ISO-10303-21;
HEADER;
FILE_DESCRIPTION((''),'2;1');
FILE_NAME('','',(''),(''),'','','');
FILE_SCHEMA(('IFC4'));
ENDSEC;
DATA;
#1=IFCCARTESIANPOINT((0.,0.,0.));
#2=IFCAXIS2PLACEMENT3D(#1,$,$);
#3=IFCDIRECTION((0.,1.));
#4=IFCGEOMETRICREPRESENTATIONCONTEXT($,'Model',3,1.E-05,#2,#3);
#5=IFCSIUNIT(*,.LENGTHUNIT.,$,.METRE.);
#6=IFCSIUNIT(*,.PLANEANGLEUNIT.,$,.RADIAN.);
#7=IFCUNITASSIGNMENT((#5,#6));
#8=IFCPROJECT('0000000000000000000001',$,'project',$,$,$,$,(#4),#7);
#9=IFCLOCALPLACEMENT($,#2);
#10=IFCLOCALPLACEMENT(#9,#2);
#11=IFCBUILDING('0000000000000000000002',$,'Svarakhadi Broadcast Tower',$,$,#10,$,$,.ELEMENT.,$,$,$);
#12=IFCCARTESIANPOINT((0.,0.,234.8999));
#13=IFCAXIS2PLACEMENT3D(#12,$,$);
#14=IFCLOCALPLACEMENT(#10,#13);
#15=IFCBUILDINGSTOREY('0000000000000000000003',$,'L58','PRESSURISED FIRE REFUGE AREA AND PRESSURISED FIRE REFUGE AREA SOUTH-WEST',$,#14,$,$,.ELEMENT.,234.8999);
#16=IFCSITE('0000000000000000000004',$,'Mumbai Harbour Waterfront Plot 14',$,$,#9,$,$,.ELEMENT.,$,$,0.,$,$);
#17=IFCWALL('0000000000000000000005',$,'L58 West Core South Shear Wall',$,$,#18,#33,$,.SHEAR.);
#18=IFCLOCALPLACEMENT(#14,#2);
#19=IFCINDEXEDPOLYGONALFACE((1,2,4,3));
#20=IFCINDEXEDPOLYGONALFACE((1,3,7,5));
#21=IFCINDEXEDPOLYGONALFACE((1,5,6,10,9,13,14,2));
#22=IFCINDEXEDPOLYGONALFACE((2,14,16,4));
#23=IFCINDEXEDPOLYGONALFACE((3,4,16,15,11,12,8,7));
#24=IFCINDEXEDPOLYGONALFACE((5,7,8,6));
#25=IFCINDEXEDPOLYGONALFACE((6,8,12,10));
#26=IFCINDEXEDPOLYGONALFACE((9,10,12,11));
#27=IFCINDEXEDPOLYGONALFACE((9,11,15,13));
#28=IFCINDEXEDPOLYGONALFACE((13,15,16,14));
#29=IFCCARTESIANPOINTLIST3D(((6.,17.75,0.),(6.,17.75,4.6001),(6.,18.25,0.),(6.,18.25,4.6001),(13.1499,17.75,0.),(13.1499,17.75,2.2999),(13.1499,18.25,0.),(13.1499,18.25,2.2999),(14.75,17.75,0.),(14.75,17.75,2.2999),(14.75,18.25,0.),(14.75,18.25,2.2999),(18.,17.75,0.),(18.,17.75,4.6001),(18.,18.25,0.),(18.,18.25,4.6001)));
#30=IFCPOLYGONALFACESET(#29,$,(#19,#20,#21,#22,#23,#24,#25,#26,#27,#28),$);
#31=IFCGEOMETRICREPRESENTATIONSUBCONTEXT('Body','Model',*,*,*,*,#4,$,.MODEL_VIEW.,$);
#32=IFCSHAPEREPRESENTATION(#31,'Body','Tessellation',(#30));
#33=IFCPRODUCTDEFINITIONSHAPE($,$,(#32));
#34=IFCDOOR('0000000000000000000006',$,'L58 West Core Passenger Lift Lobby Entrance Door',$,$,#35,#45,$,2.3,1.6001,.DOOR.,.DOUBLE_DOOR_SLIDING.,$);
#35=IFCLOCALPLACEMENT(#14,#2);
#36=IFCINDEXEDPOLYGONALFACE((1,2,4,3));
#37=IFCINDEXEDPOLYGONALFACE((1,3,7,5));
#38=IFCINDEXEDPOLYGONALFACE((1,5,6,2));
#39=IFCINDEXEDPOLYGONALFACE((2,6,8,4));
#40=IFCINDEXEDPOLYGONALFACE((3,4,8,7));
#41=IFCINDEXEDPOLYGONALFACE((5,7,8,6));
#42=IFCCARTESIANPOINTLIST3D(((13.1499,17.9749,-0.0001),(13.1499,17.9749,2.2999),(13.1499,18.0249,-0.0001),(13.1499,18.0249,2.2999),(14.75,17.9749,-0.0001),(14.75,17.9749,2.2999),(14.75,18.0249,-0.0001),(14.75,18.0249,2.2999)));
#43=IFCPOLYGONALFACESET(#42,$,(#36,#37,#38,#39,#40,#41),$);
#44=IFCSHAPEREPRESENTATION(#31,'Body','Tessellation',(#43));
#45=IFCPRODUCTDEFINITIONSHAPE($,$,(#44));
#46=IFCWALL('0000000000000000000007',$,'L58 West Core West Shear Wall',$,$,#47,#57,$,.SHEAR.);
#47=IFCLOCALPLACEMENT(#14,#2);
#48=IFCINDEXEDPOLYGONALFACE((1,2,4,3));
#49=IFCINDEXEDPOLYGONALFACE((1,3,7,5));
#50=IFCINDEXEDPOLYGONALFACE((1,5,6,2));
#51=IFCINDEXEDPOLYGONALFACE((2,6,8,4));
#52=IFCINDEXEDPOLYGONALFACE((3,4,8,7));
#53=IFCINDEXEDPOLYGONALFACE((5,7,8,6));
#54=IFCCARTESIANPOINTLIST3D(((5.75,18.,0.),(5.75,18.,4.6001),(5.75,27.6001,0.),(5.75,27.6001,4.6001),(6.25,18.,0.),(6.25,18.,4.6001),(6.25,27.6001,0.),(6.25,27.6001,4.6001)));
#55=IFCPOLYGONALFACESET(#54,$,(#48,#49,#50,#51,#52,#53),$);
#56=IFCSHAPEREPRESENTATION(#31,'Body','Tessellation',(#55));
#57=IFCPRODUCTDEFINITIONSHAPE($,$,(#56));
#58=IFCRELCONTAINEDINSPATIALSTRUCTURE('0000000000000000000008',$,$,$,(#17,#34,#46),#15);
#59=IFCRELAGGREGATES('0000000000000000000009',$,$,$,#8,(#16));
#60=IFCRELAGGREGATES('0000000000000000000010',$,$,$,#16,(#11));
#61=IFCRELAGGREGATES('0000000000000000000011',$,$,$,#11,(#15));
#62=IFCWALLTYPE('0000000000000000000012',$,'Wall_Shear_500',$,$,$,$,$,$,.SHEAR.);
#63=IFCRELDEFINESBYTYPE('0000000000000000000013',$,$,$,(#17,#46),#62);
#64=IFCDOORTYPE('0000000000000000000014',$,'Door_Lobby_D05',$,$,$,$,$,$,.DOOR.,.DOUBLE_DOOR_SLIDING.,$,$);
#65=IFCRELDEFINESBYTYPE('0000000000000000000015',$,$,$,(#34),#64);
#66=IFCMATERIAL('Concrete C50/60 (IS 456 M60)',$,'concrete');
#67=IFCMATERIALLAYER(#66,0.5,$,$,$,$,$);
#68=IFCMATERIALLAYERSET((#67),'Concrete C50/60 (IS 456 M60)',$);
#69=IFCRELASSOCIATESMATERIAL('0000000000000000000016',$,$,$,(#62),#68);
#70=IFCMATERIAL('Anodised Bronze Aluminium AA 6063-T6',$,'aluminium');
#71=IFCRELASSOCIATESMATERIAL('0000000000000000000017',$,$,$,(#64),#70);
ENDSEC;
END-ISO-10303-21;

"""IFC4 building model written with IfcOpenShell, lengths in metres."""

from ifc_helpers import new_model, si_unit, direction, frame, frame_2d, origin, place, context, subcontext, project, spatial, rectangle, extrude, material, layer, layer_set, type_object, element, fill, save


model = new_model("IFC4")

# Units and contexts
model_context = context("Model", 3, precision=1e-05, world=origin(), true_north=direction((0.0, 1.0)))
body_context = subcontext(model_context, "Body", "Model", "MODEL_VIEW")
ifc_project = project(units=[si_unit("LENGTHUNIT", "METRE"), si_unit("PLANEANGLEUNIT", "RADIAN")], contexts=[model_context])

# Site, building, storey
site_placement = place(None, origin())
site = spatial("IfcSite", under=ifc_project, at=site_placement, Name="Mumbai Harbour Waterfront Plot 14", CompositionType="ELEMENT", RefElevation=0.0)
building_placement = place(site_placement, origin())
building = spatial("IfcBuilding", under=site, at=building_placement, Name="Svarakhadi Broadcast Tower", CompositionType="ELEMENT")
storey_placement = place(building_placement, frame((0.0, 0.0, 234.8999)))
storey = spatial("IfcBuildingStorey", under=building, at=storey_placement, Name="L58", Description="PRESSURISED FIRE REFUGE AREA AND PRESSURISED FIRE REFUGE AREA SOUTH-WEST", CompositionType="ELEMENT", Elevation=234.8999)

# Shared definitions
ifc_material_1 = material(Name="Concrete C50/60 (IS 456 M60)", Category="concrete")

# Wall, opening, door
ifc_layer_1 = layer(ifc_material_1, 0.5)
ifc_layer_set_1 = layer_set([ifc_layer_1], Name="Concrete C50/60 (IS 456 M60)")
wall_type = type_object("IfcWallType", Name="Wall_Shear_500", PredefinedType="SHEAR", material=ifc_layer_set_1)
wall_1_placement = place(storey_placement, frame((6.0, 18.0, 0.0), z_axis=(0.0, 0.0, 1.0), x_axis=(1.0, 0.0, 0.0)))
wall_1 = element("IfcWall", 1, at=wall_1_placement, inside=storey, type_object=wall_type, Name="L58 West Core South Shear Wall", PredefinedType="SHEAR", context=body_context, shape_type="SweptSolid", body=[
    extrude(rectangle(XDim=12.0, YDim=0.5, at=frame_2d((6.0, 0.0))), origin(), (0.0, 0.0, 1.0), 4.6001),
])
opening_placement = place(wall_1_placement, frame((7.1499, 0.0, 0.0)))
opening = element("IfcOpeningElement", 2, at=opening_placement, cuts=wall_1, PredefinedType="OPENING", context=body_context, shape_type="SweptSolid", body=[
    extrude(rectangle(XDim=1.6001, YDim=2.3, at=frame_2d((0.8, 1.1499))), frame((0.0, 0.26, 0.0), z_axis=(0.0, -1.0, 0.0), x_axis=(1.0, 0.0, 0.0)), (0.0, 0.0, 1.0), 0.52),
])
ifc_material_2 = material(Name="Anodised Bronze Aluminium AA 6063-T6", Category="aluminium")
door_type = type_object("IfcDoorType", Name="Door_Lobby_D05", OperationType="DOUBLE_DOOR_SLIDING", PredefinedType="DOOR", material=ifc_material_2)
door_placement = place(opening_placement, origin())
door = element("IfcDoor", 3, at=door_placement, inside=storey, type_object=door_type, Name="L58 West Core Passenger Lift Lobby Entrance Door", OperationType="DOUBLE_DOOR_SLIDING", OverallHeight=2.3, OverallWidth=1.6001, PredefinedType="DOOR", context=body_context, shape_type="SweptSolid", body=[
    extrude(rectangle(XDim=1.6001, YDim=2.3, at=frame_2d((0.8, 1.1499))), frame((0.0, 0.0249, 0.0), z_axis=(0.0, -1.0, 0.0), x_axis=(1.0, 0.0, 0.0)), (0.0, 0.0, 1.0), 0.05),
])
fill(opening, door)

# Wall
wall_2_placement = place(storey_placement, frame((6.0, 18.0, 0.0), z_axis=(0.0, 0.0, 1.0), x_axis=(0.0, 1.0, 0.0)))
element("IfcWall", 4, at=wall_2_placement, inside=storey, type_object=wall_type, Name="L58 West Core West Shear Wall", PredefinedType="SHEAR", context=body_context, shape_type="SweptSolid", body=[
    extrude(rectangle(XDim=9.6001, YDim=0.5, at=frame_2d((4.8, 0.0))), origin(), (0.0, 0.0, 1.0), 4.6001),
])

save(model, "model.ifc")
